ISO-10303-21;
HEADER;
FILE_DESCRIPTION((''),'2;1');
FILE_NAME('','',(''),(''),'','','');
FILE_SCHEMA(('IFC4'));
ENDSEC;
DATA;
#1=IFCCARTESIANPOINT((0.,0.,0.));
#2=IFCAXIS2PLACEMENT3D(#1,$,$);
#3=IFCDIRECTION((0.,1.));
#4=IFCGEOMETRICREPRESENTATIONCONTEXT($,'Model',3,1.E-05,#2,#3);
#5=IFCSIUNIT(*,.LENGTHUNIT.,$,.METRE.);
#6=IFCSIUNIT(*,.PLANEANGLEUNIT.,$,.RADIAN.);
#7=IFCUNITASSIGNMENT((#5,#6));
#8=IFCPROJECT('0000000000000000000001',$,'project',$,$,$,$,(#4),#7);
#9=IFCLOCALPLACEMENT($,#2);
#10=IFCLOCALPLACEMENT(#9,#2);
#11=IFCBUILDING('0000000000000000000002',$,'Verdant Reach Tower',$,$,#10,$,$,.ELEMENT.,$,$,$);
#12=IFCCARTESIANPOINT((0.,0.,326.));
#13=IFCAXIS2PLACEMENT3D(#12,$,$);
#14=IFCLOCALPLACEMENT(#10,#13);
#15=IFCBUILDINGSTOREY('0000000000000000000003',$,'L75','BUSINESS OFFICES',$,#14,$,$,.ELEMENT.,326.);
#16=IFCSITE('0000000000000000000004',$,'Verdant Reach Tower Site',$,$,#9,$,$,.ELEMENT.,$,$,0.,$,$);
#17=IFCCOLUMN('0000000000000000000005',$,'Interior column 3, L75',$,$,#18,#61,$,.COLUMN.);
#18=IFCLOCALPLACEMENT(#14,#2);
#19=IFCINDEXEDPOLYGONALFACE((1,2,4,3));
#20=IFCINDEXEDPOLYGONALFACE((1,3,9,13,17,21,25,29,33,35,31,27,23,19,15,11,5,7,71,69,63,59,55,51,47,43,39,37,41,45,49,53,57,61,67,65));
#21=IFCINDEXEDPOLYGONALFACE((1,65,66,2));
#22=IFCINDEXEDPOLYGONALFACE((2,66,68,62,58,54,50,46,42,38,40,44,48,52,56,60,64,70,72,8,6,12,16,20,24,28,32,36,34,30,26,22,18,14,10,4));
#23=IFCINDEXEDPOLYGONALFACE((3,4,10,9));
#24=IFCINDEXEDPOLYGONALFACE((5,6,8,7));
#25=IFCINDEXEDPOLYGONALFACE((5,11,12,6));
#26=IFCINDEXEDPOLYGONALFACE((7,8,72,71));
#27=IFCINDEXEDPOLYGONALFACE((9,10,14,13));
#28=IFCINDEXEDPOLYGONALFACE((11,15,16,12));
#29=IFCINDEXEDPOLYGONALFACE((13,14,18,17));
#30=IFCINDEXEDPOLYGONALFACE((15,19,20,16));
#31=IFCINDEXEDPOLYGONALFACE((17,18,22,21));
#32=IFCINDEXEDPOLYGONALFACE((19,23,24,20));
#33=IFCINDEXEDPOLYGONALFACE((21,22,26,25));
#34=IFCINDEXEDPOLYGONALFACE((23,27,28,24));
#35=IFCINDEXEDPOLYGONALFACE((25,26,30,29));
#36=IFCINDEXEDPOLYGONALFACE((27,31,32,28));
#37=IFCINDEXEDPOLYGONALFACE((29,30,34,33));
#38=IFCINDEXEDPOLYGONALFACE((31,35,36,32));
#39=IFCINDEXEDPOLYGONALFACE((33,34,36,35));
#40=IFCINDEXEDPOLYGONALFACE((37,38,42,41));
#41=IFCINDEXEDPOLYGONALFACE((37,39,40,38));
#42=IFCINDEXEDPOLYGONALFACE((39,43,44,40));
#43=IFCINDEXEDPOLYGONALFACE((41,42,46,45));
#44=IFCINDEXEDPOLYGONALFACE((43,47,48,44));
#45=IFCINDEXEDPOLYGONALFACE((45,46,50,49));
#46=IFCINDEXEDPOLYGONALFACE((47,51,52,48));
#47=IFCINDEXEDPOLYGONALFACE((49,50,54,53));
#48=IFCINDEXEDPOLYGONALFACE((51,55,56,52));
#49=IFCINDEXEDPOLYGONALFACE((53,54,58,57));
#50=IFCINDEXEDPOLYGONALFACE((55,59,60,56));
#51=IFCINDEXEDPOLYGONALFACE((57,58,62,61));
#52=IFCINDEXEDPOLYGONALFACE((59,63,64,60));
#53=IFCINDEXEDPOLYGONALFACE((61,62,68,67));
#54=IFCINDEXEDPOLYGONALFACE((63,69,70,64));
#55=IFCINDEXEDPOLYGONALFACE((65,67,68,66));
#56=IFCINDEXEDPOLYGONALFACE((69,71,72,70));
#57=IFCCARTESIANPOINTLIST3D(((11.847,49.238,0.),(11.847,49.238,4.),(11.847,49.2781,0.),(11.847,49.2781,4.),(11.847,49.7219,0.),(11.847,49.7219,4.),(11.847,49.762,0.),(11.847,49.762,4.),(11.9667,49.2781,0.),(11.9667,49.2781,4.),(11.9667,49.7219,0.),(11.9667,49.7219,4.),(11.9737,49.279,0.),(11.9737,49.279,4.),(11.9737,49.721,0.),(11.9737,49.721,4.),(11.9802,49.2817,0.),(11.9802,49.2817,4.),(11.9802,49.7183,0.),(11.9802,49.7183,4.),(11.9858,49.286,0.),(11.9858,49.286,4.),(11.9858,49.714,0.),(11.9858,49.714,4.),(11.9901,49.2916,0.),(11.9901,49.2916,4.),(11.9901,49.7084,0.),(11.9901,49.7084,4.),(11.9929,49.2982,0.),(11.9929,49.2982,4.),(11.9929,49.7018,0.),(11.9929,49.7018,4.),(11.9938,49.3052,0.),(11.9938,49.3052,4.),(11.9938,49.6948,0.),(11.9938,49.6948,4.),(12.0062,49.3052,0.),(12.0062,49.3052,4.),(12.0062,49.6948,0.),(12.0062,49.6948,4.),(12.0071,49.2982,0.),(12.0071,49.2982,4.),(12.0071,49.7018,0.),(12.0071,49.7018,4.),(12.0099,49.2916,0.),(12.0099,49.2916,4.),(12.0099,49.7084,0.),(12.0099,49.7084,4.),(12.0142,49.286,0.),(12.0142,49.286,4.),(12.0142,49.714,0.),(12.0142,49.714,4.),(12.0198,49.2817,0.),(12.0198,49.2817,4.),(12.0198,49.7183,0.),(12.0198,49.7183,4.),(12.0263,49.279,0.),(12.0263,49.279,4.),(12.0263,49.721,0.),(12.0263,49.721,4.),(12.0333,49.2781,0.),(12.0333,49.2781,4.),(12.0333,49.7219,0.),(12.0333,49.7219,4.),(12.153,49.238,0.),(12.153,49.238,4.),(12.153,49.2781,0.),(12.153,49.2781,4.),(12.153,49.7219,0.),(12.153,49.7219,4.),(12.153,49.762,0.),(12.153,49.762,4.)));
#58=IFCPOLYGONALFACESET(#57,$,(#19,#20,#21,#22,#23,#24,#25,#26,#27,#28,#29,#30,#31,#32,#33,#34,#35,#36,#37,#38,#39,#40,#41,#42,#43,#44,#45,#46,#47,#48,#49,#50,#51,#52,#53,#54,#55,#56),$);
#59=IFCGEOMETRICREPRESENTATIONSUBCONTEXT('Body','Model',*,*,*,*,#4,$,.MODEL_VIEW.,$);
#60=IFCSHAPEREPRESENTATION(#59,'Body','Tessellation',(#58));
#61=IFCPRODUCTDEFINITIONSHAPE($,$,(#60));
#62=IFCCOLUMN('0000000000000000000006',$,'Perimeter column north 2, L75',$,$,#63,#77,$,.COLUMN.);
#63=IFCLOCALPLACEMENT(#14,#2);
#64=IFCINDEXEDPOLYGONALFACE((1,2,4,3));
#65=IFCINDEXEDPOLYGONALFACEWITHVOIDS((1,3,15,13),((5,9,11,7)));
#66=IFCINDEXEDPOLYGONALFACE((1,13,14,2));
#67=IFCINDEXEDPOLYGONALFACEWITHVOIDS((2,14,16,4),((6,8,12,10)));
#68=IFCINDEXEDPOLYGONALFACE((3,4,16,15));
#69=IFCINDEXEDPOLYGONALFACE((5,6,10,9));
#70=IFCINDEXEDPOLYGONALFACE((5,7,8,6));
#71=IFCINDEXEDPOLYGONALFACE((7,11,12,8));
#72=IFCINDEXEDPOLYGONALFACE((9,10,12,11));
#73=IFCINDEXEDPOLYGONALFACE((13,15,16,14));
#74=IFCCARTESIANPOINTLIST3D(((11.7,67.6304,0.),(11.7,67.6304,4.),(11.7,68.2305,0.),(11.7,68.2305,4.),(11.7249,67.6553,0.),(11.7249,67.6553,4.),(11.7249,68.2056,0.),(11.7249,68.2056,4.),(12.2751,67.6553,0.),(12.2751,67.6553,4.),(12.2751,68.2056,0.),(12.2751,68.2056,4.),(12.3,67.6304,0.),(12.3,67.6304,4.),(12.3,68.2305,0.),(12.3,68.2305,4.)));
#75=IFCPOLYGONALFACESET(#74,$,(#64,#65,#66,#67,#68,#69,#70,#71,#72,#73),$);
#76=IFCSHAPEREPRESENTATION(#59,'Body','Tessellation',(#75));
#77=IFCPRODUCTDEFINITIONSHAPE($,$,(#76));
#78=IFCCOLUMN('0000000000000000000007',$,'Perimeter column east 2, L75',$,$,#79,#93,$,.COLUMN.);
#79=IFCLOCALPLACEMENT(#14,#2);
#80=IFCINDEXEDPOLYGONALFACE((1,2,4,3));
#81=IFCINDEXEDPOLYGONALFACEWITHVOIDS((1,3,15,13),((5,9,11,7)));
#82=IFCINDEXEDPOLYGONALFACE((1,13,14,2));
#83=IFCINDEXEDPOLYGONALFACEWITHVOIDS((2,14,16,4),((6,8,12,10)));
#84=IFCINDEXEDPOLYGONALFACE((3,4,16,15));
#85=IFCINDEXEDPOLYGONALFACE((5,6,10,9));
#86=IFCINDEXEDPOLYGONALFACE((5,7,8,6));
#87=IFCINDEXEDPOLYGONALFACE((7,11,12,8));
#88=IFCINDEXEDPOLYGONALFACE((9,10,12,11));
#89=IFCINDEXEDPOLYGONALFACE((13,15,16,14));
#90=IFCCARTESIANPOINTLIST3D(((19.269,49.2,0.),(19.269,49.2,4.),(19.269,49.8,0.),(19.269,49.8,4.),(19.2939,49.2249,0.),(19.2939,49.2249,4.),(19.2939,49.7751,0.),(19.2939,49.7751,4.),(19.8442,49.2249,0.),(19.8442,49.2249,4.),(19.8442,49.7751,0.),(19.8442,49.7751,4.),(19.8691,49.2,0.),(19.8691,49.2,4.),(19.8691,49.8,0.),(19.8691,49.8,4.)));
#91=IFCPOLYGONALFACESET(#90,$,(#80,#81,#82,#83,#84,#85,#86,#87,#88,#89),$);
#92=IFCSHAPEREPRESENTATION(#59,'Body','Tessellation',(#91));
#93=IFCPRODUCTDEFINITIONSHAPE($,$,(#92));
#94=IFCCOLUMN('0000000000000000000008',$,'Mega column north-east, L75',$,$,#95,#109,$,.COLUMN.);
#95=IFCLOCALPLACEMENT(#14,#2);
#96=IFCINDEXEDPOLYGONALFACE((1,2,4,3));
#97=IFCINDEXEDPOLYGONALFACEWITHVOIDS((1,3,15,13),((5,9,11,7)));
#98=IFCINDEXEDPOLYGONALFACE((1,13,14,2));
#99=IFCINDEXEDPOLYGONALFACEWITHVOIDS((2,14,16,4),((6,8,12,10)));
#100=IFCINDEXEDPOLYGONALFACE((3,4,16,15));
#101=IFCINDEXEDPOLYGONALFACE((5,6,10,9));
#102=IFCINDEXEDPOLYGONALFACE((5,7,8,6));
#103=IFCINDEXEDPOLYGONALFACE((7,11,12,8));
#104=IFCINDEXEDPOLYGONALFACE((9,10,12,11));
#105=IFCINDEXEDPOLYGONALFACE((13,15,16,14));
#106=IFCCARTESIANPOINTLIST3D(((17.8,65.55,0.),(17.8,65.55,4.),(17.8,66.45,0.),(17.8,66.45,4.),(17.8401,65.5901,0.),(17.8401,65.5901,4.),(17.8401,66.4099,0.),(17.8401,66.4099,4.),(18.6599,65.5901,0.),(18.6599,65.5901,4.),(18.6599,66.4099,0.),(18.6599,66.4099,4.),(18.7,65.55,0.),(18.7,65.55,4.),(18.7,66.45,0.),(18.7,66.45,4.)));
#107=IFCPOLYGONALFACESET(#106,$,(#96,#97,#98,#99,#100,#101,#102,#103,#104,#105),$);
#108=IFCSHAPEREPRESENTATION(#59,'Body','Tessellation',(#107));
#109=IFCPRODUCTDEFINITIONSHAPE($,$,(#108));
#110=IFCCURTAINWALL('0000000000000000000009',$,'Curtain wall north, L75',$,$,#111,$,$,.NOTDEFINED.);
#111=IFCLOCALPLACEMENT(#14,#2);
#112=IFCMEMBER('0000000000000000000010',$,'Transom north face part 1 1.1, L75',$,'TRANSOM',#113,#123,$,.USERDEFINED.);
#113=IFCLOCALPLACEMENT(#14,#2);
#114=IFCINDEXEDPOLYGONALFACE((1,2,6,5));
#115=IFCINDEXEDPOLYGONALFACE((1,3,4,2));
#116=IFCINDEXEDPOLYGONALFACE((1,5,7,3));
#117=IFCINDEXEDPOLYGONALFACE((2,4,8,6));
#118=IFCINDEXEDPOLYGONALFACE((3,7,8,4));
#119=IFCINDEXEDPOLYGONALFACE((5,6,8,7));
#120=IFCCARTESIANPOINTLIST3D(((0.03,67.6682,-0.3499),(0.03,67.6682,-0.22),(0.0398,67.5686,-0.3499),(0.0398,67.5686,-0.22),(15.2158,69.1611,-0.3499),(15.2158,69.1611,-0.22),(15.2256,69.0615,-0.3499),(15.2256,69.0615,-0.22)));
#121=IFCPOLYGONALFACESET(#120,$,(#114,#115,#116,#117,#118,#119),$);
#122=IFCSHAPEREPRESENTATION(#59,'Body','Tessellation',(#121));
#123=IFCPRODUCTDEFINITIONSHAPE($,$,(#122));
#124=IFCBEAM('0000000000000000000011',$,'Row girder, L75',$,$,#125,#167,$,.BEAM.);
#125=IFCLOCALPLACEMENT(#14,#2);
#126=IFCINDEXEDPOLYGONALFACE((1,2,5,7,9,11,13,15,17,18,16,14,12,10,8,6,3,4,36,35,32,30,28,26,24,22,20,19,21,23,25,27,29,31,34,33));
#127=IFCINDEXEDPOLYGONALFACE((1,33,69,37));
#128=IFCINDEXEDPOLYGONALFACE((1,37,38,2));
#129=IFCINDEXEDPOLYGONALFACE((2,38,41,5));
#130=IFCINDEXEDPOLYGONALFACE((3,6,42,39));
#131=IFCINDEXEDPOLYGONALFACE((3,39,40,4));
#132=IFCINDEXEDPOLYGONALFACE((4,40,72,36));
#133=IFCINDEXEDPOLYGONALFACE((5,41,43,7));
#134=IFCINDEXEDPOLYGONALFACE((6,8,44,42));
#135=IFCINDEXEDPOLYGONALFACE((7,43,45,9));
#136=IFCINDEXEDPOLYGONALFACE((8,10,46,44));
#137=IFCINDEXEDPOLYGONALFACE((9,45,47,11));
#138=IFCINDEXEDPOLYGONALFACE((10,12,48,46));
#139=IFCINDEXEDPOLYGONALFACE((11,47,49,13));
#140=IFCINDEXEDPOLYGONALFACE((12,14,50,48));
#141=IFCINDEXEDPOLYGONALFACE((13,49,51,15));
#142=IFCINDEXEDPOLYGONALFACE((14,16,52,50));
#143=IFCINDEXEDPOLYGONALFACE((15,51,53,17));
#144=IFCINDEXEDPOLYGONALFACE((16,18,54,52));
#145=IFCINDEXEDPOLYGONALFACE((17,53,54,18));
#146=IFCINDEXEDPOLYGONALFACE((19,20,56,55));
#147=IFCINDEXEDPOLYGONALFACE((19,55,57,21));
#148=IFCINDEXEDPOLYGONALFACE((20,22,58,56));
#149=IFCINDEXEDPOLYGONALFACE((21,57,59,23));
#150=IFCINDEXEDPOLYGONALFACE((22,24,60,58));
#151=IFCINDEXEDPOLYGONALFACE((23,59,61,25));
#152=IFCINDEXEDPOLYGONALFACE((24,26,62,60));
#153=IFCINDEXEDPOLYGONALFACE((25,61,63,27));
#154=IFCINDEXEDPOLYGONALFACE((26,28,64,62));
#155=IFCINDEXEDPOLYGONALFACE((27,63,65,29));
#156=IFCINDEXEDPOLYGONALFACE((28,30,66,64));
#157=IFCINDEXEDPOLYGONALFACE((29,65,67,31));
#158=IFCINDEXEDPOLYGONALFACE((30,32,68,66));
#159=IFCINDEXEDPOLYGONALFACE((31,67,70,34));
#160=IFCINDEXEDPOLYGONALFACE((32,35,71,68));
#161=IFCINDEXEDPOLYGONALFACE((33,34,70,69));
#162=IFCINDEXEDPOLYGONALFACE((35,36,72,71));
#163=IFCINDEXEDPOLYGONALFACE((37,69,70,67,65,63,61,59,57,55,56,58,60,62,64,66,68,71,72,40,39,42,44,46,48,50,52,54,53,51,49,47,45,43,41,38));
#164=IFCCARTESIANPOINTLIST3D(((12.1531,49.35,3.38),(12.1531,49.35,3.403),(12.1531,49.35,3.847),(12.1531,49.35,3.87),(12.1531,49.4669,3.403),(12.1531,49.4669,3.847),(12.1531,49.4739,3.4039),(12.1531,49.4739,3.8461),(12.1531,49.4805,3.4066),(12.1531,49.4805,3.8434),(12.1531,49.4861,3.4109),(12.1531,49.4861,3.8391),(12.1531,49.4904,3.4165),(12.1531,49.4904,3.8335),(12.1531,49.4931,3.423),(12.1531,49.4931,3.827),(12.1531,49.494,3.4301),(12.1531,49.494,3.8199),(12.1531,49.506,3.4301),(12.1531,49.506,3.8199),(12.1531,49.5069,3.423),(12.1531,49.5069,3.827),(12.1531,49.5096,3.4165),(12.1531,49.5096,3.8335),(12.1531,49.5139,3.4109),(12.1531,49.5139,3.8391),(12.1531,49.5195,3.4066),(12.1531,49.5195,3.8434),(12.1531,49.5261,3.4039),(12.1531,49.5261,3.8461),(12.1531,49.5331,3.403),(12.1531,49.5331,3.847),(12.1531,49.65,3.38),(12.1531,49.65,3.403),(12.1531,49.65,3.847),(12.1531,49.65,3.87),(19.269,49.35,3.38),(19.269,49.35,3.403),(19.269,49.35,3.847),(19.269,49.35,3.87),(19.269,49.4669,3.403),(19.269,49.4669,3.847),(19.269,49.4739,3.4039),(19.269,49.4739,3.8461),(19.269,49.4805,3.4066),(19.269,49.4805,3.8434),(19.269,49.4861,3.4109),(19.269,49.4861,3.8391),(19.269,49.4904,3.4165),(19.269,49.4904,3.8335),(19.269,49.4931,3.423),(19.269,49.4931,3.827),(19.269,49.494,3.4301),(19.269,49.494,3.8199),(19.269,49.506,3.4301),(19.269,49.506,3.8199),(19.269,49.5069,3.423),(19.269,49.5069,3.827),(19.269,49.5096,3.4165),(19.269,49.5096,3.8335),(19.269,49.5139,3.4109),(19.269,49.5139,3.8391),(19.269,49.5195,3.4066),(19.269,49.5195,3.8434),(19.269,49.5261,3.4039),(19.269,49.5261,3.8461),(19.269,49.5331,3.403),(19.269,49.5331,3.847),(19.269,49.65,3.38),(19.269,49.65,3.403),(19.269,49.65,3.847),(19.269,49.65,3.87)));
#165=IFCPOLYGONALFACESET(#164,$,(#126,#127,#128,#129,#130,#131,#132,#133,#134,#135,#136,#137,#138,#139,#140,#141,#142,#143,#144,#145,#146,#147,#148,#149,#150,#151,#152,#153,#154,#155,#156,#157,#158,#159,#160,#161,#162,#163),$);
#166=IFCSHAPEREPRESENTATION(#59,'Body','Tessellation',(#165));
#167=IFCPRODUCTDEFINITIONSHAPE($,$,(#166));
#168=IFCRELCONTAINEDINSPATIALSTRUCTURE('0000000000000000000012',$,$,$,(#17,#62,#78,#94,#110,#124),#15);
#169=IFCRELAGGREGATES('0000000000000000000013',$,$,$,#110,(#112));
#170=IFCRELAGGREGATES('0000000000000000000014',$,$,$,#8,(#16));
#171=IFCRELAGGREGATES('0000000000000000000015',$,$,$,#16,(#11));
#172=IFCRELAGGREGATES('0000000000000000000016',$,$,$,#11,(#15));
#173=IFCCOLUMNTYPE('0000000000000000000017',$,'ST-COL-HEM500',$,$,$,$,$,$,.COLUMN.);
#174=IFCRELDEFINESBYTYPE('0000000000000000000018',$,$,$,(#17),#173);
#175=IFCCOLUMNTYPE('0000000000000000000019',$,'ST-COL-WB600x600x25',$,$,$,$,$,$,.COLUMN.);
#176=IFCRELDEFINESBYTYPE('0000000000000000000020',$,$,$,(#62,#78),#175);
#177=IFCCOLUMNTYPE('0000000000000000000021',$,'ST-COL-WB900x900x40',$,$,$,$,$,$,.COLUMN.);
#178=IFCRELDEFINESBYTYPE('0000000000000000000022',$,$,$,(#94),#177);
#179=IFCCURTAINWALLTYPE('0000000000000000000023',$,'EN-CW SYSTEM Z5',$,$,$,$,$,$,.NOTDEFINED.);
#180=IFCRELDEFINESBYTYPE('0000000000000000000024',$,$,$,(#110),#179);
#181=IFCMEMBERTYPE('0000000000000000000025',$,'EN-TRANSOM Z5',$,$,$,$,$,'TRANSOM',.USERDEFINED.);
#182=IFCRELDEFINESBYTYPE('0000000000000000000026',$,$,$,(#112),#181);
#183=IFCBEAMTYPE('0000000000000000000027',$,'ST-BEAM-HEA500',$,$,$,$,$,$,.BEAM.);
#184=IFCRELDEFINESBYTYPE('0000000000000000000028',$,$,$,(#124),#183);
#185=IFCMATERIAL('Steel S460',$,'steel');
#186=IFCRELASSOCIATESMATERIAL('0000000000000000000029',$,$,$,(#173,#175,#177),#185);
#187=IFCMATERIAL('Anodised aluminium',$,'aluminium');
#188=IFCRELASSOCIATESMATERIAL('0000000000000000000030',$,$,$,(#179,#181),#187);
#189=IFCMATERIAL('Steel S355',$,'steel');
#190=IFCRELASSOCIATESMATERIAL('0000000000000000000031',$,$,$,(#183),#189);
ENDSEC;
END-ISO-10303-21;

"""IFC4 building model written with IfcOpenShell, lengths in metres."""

from ifc_helpers import new_model, si_unit, direction, frame, origin, origin_2d, place, context, subcontext, project, spatial, rectangle, hollow_rectangle, i_section, extrude, material, material_profile, profile_set, type_object, element, aggregate, save


model = new_model("IFC4")

# Units and contexts
model_context = context("Model", 3, precision=1e-05, world=origin(), true_north=direction((0.0, 1.0)))
body_context = subcontext(model_context, "Body", "Model", "MODEL_VIEW")
ifc_project = project(units=[si_unit("LENGTHUNIT", "METRE"), si_unit("PLANEANGLEUNIT", "RADIAN")], contexts=[model_context])

# Site, building, storey
site_placement = place(None, origin())
site = spatial("IfcSite", under=ifc_project, at=site_placement, Name="Verdant Reach Tower Site", CompositionType="ELEMENT", RefElevation=0.0)
building_placement = place(site_placement, origin())
building = spatial("IfcBuilding", under=site, at=building_placement, Name="Verdant Reach Tower", CompositionType="ELEMENT")
storey_placement = place(building_placement, frame((0.0, 0.0, 326.0)))
storey = spatial("IfcBuildingStorey", under=building, at=storey_placement, Name="L75", Description="BUSINESS OFFICES", CompositionType="ELEMENT", Elevation=326.0)

# Columns
ifc_material_1 = material(Name="Steel S460", Category="steel")
ifc_material_profile_1 = material_profile(ifc_material_1, i_section(OverallWidth=0.3059, OverallDepth=0.5239, WebThickness=0.0125, FlangeThickness=0.04, FilletRadius=0.0271, at=origin_2d()), Name="HEM 500")
ifc_profile_set_1 = profile_set([ifc_material_profile_1], Name="Steel S460")
column_type_1 = type_object("IfcColumnType", Name="ST-COL-HEM500", PredefinedType="COLUMN", material=ifc_profile_set_1)
column_1_placement = place(storey_placement, frame((12.0, 49.5, 0.0), z_axis=(0.0, 0.0, 1.0), x_axis=(1.0, 0.0, 0.0)))
element("IfcColumn", 1, at=column_1_placement, inside=storey, type_object=column_type_1, Name="Interior column 3, L75", PredefinedType="COLUMN", context=body_context, shape_type="SweptSolid", body=[
    extrude(i_section(OverallWidth=0.3059, OverallDepth=0.5239, WebThickness=0.0125, FlangeThickness=0.04, FilletRadius=0.0271, at=origin_2d()), origin(), (0.0, 0.0, 1.0), 4.0),
])
ifc_material_profile_2 = material_profile(ifc_material_1, hollow_rectangle(XDim=0.6001, YDim=0.6001, WallThickness=0.0249, at=origin_2d()), Name="WB 600x600x25")
ifc_profile_set_2 = profile_set([ifc_material_profile_2], Name="Steel S460")
column_type_2 = type_object("IfcColumnType", Name="ST-COL-WB600x600x25", PredefinedType="COLUMN", material=ifc_profile_set_2)
for number, where, z_axis, x_axis, name in (
    (2, (12.0, 67.9304, 0.0), (0.0, 0.0, 1.0), (1.0, 0.0, 0.0), "Perimeter column north 2, L75"),
    (3, (19.5691, 49.5, 0.0), (0.0, 0.0, 1.0), (1.0, 0.0, 0.0), "Perimeter column east 2, L75"),
):
    element("IfcColumn", number, at=place(storey_placement, frame(where, z_axis=z_axis, x_axis=x_axis)), inside=storey, type_object=column_type_2, Name=name, PredefinedType="COLUMN", context=body_context, shape_type="SweptSolid", body=[
        extrude(hollow_rectangle(XDim=0.6001, YDim=0.6001, WallThickness=0.0249, at=origin_2d()), origin(), (0.0, 0.0, 1.0), 4.0),
    ])
ifc_material_profile_3 = material_profile(ifc_material_1, hollow_rectangle(XDim=0.8999, YDim=0.8999, WallThickness=0.04, at=origin_2d()), Name="WB 900x900x40")
ifc_profile_set_3 = profile_set([ifc_material_profile_3], Name="Steel S460")
column_type_3 = type_object("IfcColumnType", Name="ST-COL-WB900x900x40", PredefinedType="COLUMN", material=ifc_profile_set_3)
column_2_placement = place(storey_placement, frame((18.25, 66.0, 0.0), z_axis=(0.0, 0.0, 1.0), x_axis=(1.0, 0.0, 0.0)))
element("IfcColumn", 4, at=column_2_placement, inside=storey, type_object=column_type_3, Name="Mega column north-east, L75", PredefinedType="COLUMN", context=body_context, shape_type="SweptSolid", body=[
    extrude(hollow_rectangle(XDim=0.8999, YDim=0.8999, WallThickness=0.04, at=origin_2d()), origin(), (0.0, 0.0, 1.0), 4.0),
])

# Curtain wall, member
ifc_material_2 = material(Name="Anodised aluminium", Category="aluminium")
curtain_wall_type = type_object("IfcCurtainWallType", Name="EN-CW SYSTEM Z5", PredefinedType="NOTDEFINED", material=ifc_material_2)
curtain_wall_1_placement = place(storey_placement, origin())
curtain_wall_1 = element("IfcCurtainWall", 5, at=curtain_wall_1_placement, inside=storey, type_object=curtain_wall_type, Name="Curtain wall north, L75", PredefinedType="NOTDEFINED")
ifc_material_profile_4 = material_profile(ifc_material_2, rectangle(XDim=0.1001, YDim=0.1299, at=origin_2d()), Name="Transom 130x100")
ifc_profile_set_4 = profile_set([ifc_material_profile_4], Name="Anodised aluminium")
member_type = type_object("IfcMemberType", Name="EN-TRANSOM Z5", ElementType="TRANSOM", PredefinedType="USERDEFINED", material=ifc_profile_set_4)
member_placement = place(storey_placement, frame((15.2207, 69.1113, -0.2849), z_axis=(-0.995202, -0.097839, 0.0), x_axis=(0.097839, -0.995202, 0.0)))
member = element("IfcMember", 6, at=member_placement, type_object=member_type, Name="Transom north face part 1 1.1, L75", ObjectType="TRANSOM", PredefinedType="USERDEFINED", context=body_context, shape_type="SweptSolid", body=[
    extrude(rectangle(XDim=0.1001, YDim=0.1299, at=origin_2d()), origin(), (0.0, 0.0, 1.0), 15.259),
])

# Beam
ifc_material_3 = material(Name="Steel S355", Category="steel")
ifc_material_profile_5 = material_profile(ifc_material_3, i_section(OverallWidth=0.3, OverallDepth=0.49, WebThickness=0.012, FlangeThickness=0.0229, FilletRadius=0.0271, at=origin_2d()), Name="HEA 500")
ifc_profile_set_5 = profile_set([ifc_material_profile_5], Name="Steel S355")
beam_type_1 = type_object("IfcBeamType", Name="ST-BEAM-HEA500", PredefinedType="BEAM", material=ifc_profile_set_5)
beam_1_placement = place(storey_placement, frame((12.1531, 49.5, 3.625), z_axis=(1.0, 0.0, 0.0), x_axis=(0.0, 1.0, 0.0)))
element("IfcBeam", 7, at=beam_1_placement, inside=storey, type_object=beam_type_1, Name="Row girder, L75", PredefinedType="BEAM", context=body_context, shape_type="SweptSolid", body=[
    extrude(i_section(OverallWidth=0.3, OverallDepth=0.49, WebThickness=0.012, FlangeThickness=0.0229, FilletRadius=0.0271, at=origin_2d()), origin(), (0.0, 0.0, 1.0), 7.116),
])

aggregate(curtain_wall_1, [member])

save(model, "model.ifc")
